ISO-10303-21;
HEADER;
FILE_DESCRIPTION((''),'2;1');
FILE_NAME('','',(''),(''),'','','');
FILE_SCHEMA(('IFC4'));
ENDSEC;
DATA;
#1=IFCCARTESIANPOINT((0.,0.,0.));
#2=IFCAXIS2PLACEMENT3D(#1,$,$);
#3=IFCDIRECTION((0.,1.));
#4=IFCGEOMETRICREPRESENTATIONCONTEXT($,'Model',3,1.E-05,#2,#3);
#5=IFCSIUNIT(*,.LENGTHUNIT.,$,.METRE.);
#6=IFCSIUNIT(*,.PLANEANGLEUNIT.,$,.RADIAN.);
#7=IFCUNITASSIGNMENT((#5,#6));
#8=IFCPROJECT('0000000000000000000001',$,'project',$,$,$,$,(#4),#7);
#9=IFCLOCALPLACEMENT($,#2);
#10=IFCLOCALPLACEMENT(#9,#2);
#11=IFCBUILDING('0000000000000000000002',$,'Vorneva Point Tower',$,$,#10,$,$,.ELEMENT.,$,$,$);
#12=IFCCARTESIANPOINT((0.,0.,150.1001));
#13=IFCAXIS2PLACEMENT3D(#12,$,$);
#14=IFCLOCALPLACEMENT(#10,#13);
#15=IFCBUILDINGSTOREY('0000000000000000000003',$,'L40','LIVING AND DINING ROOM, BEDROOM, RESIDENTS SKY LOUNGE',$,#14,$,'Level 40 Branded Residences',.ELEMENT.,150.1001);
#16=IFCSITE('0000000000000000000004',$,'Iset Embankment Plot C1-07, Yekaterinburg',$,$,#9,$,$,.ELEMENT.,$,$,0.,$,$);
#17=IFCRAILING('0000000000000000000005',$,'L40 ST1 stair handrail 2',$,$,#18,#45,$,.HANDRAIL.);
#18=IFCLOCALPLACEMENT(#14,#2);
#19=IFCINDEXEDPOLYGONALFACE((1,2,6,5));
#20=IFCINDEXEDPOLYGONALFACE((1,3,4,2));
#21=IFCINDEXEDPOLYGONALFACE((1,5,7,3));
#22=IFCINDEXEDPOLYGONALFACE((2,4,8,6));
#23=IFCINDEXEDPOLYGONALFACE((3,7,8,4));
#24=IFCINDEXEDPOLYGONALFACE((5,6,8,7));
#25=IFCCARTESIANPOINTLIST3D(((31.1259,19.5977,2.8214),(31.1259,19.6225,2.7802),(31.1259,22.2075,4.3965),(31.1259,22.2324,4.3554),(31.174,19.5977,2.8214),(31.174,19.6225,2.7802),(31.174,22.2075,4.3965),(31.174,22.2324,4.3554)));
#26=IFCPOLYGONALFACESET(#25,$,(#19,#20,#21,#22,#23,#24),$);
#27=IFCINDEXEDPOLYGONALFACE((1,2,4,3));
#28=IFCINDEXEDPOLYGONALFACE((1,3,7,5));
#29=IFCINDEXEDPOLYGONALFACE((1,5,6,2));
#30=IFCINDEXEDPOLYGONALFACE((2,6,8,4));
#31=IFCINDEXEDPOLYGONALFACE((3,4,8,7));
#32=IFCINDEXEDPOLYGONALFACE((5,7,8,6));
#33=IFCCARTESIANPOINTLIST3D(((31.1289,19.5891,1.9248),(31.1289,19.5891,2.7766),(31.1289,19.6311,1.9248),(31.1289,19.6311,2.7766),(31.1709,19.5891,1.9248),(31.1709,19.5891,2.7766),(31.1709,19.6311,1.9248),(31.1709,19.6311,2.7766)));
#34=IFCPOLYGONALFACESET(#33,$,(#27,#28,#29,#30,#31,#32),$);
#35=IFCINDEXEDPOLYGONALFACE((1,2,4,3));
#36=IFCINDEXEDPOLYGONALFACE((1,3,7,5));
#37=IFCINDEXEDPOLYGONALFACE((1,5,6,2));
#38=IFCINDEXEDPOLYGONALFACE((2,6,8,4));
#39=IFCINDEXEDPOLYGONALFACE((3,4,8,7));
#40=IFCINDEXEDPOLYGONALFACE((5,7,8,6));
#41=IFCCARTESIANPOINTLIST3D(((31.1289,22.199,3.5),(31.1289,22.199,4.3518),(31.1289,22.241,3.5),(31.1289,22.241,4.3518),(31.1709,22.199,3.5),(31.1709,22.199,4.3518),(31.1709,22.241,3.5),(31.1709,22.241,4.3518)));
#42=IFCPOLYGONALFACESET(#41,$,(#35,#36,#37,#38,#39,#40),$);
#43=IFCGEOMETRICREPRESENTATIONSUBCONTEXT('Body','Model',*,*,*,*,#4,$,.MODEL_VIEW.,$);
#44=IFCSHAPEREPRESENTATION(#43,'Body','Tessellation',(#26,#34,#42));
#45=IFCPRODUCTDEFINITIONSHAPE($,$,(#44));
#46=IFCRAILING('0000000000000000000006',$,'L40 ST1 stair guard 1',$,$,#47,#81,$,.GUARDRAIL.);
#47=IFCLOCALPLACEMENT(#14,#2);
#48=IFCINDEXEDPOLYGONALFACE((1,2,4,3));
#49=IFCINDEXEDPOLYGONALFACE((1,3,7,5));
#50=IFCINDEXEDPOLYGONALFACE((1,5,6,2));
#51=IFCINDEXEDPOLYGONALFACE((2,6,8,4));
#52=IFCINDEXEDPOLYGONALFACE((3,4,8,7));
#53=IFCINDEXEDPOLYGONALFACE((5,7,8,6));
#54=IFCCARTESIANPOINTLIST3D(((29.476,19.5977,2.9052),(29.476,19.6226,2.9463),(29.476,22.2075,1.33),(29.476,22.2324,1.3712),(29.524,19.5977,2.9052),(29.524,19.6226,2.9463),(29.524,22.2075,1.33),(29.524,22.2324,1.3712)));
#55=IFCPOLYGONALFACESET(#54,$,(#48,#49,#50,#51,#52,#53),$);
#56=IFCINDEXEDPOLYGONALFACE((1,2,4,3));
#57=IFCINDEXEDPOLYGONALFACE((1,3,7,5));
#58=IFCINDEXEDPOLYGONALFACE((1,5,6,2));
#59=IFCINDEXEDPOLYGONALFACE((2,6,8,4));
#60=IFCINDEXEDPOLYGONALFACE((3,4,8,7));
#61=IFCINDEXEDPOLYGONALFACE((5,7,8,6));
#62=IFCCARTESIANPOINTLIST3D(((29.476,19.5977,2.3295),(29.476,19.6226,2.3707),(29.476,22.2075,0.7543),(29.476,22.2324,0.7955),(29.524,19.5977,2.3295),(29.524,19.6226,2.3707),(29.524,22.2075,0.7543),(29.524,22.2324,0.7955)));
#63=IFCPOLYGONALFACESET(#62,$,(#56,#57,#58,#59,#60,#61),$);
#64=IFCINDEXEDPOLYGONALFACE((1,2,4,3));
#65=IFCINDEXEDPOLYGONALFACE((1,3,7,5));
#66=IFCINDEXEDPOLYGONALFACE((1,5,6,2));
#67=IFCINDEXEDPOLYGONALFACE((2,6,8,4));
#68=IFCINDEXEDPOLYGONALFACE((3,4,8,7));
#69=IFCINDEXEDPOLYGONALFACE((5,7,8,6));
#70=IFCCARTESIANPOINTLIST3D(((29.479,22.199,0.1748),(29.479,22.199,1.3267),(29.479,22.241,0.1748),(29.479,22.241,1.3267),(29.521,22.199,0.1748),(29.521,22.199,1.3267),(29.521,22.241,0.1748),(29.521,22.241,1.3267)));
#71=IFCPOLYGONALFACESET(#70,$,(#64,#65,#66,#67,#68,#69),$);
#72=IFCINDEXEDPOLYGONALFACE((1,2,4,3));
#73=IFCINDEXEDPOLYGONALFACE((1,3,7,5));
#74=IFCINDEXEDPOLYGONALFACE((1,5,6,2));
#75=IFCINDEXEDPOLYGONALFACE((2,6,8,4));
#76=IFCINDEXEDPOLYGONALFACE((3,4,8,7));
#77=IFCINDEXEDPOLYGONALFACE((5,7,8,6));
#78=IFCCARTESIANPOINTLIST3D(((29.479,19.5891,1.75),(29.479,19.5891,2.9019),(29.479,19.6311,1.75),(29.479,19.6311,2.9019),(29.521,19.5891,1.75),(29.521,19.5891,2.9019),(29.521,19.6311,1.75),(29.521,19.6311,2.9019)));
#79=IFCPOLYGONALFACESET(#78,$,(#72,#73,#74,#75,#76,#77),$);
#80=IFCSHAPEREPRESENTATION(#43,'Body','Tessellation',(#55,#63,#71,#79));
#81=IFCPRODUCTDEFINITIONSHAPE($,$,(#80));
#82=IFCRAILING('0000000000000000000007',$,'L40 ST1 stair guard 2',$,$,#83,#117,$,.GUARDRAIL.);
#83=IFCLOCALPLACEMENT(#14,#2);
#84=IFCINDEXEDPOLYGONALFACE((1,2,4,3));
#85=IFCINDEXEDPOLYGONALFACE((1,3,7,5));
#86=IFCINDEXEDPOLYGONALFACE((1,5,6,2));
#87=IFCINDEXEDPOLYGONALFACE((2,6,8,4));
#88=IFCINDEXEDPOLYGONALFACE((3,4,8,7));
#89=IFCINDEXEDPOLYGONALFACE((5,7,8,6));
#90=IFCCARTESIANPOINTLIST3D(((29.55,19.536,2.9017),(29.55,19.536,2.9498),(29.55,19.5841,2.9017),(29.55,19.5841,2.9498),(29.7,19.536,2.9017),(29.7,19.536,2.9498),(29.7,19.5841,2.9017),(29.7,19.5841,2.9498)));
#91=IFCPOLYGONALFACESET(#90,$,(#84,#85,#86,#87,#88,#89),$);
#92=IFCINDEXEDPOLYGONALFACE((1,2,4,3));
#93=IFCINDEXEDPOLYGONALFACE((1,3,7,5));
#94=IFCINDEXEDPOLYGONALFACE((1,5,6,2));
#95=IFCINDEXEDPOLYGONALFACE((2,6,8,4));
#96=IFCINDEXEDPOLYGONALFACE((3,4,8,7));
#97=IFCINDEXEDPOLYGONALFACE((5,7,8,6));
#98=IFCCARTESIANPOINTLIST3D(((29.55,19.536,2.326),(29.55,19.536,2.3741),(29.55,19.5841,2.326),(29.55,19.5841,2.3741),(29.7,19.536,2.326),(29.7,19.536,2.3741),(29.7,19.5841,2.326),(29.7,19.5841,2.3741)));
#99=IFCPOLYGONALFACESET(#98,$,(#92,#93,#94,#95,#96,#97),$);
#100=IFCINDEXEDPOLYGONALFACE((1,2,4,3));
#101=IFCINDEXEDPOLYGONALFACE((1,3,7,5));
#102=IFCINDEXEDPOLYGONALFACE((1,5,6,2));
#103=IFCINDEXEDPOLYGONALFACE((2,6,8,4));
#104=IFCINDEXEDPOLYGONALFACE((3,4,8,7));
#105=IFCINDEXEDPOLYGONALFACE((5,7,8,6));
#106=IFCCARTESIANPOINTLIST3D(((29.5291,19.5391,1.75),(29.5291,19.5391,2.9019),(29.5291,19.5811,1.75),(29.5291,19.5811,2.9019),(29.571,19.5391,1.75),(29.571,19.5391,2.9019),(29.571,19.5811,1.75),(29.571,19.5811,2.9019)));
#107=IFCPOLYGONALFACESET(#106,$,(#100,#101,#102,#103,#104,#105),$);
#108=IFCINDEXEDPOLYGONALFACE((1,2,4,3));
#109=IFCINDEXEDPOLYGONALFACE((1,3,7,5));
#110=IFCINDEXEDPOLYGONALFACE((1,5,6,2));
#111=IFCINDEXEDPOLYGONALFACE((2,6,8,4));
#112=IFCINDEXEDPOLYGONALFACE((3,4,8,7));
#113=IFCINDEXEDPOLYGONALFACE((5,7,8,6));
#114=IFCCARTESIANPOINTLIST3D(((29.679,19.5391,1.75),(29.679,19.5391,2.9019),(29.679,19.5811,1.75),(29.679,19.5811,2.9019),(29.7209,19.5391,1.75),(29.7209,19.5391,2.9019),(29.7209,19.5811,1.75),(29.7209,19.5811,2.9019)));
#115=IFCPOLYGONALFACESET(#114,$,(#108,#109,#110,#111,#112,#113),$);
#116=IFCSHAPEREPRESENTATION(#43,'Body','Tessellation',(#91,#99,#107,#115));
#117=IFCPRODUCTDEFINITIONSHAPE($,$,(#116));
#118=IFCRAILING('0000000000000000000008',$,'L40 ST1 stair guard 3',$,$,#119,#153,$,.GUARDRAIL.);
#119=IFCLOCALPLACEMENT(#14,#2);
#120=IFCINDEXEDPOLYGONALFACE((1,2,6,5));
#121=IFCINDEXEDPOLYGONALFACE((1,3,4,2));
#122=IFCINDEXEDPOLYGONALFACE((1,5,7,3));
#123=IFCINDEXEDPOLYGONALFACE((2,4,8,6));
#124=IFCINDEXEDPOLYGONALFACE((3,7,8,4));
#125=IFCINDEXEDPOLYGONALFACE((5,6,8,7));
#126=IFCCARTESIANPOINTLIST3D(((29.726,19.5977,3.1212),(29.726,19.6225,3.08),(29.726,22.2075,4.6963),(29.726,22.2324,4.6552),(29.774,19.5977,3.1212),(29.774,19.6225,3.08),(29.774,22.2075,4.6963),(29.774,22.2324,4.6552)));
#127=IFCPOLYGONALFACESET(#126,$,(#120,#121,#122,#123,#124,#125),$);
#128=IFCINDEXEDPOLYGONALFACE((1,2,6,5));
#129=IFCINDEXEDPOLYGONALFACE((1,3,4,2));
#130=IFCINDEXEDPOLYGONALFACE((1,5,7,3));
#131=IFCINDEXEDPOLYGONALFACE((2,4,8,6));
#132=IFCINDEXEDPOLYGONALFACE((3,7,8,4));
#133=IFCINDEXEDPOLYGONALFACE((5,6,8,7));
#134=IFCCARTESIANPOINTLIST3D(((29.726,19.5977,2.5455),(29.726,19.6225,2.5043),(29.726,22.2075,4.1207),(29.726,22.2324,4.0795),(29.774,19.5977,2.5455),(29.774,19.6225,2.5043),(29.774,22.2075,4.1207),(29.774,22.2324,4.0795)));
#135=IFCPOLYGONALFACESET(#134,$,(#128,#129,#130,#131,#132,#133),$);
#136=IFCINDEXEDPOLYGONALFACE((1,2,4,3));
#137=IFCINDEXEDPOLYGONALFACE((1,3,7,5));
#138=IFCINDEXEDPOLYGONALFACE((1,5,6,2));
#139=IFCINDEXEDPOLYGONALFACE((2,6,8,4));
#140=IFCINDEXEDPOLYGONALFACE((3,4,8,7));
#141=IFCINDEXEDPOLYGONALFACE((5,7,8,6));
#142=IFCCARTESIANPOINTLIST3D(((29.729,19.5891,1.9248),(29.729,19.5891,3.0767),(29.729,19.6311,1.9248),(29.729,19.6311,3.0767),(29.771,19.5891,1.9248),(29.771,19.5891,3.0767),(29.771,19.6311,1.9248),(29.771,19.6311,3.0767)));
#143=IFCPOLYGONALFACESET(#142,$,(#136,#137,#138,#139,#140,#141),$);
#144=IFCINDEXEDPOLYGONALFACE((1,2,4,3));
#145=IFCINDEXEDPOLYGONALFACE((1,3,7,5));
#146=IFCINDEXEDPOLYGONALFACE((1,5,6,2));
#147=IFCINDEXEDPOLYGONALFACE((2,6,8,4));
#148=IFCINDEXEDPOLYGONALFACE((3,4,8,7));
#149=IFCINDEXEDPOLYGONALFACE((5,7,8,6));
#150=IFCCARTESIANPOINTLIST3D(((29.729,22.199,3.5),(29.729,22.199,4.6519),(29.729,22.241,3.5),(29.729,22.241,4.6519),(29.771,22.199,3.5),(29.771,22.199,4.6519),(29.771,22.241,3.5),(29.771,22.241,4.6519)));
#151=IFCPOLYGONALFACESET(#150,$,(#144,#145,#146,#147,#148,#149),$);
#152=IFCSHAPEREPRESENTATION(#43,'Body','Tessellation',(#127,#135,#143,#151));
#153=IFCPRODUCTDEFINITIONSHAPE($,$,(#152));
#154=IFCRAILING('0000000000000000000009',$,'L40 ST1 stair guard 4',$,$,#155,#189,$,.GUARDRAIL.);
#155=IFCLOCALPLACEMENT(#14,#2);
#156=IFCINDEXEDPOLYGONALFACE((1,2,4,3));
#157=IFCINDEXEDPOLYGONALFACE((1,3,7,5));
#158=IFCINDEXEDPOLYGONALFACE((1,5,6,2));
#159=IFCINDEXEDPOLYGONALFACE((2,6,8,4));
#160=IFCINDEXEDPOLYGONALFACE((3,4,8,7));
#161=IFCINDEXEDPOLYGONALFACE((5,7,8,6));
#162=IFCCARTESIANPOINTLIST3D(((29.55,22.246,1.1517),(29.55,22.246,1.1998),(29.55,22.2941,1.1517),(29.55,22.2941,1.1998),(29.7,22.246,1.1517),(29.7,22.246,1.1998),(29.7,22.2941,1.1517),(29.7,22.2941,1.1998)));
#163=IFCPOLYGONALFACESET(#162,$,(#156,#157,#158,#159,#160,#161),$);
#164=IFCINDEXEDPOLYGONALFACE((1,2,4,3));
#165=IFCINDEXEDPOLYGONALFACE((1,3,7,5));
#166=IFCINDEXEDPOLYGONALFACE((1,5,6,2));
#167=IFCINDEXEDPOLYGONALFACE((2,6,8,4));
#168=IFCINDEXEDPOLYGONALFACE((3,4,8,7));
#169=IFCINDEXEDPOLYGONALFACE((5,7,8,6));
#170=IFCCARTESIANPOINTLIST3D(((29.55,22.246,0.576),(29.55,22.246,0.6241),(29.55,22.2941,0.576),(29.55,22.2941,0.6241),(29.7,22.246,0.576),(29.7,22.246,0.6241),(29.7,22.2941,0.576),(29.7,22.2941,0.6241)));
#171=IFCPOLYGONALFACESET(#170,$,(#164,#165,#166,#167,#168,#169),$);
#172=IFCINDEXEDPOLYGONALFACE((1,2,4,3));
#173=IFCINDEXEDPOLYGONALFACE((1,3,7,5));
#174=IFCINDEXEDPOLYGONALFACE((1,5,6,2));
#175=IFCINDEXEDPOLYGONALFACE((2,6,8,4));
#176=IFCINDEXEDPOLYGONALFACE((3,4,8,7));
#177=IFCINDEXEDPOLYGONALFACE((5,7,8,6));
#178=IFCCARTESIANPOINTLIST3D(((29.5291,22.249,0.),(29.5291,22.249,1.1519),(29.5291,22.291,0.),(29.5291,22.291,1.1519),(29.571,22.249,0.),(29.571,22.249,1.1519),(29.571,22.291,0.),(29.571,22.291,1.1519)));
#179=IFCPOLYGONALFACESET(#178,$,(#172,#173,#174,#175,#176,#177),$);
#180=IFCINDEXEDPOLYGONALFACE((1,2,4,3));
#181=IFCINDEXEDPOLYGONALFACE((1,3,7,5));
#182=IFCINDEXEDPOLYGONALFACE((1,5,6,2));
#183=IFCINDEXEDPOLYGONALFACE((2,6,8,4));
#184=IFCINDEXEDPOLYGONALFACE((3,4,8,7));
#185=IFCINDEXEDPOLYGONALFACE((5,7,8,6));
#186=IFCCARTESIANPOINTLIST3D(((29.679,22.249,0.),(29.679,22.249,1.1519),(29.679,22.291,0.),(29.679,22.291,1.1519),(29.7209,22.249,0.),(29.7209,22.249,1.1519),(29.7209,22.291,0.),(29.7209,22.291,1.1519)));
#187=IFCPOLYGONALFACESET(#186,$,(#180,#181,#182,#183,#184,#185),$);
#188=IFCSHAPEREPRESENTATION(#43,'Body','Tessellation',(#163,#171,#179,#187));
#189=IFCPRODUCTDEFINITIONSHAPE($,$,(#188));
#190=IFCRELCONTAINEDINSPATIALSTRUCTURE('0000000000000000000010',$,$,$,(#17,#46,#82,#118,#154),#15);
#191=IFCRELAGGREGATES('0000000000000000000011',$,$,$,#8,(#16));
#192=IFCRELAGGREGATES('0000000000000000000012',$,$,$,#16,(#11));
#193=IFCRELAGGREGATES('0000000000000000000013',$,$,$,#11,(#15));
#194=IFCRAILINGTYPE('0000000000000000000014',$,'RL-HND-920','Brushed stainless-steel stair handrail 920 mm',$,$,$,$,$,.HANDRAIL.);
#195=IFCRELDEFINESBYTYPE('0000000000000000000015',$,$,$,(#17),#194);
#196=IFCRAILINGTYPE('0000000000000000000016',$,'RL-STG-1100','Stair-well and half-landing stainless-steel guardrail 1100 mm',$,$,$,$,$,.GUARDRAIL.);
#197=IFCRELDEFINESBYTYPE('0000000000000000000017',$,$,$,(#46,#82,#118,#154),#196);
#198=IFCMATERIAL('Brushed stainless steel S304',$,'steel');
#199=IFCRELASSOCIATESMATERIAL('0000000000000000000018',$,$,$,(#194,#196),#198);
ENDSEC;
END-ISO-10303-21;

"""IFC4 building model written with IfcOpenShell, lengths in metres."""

from ifc_helpers import new_model, si_unit, direction, frame, origin, origin_2d, place, context, subcontext, project, spatial, rectangle, extrude, material, type_object, element, save


model = new_model("IFC4")

# Units and contexts
model_context = context("Model", 3, precision=1e-05, world=origin(), true_north=direction((0.0, 1.0)))
body_context = subcontext(model_context, "Body", "Model", "MODEL_VIEW")
ifc_project = project(units=[si_unit("LENGTHUNIT", "METRE"), si_unit("PLANEANGLEUNIT", "RADIAN")], contexts=[model_context])

# Site, building, storey
site_placement = place(None, origin())
site = spatial("IfcSite", under=ifc_project, at=site_placement, Name="Iset Embankment Plot C1-07, Yekaterinburg", CompositionType="ELEMENT", RefElevation=0.0)
building_placement = place(site_placement, origin())
building = spatial("IfcBuilding", under=site, at=building_placement, Name="Vorneva Point Tower", CompositionType="ELEMENT")
storey_placement = place(building_placement, frame((0.0, 0.0, 150.1001)))
storey = spatial("IfcBuildingStorey", under=building, at=storey_placement, Name="L40", Description="LIVING AND DINING ROOM, BEDROOM, RESIDENTS SKY LOUNGE", LongName="Level 40 Branded Residences", CompositionType="ELEMENT", Elevation=150.1001)

# Shared definitions
ifc_material_1 = material(Name="Brushed stainless steel S304", Category="steel")

# Railings
railing_type_1 = type_object("IfcRailingType", Name="RL-HND-920", Description="Brushed stainless-steel stair handrail 920 mm", PredefinedType="HANDRAIL", material=ifc_material_1)
railing_1_placement = place(storey_placement, frame((31.1499, 19.6101, 1.9248)))
element("IfcRailing", 1, at=railing_1_placement, inside=storey, type_object=railing_type_1, Name="L40 ST1 stair handrail 2", PredefinedType="HANDRAIL", context=body_context, shape_type="SweptSolid", body=[
    extrude(rectangle(XDim=0.0481, YDim=0.0481, at=origin_2d()), frame((0.0, 0.0, 0.876), z_axis=(0.0, 0.856147, 0.516732), x_axis=(-1.0, 0.0, 0.0)), (0.0, 0.0, 1.0), 3.0483),
    extrude(rectangle(XDim=0.042, YDim=0.042, at=origin_2d()), origin(), (0.0, 0.0, 1.0), 0.8518),
    extrude(rectangle(XDim=0.042, YDim=0.042, at=origin_2d()), frame((0.0, 2.6099, 1.5752)), (0.0, 0.0, 1.0), 0.8518),
])
railing_type_2 = type_object("IfcRailingType", Name="RL-STG-1100", Description="Stair-well and half-landing stainless-steel guardrail 1100 mm", PredefinedType="GUARDRAIL", material=ifc_material_1)
railing_2_placement = place(storey_placement, frame((29.5, 22.22, 0.1748)))
element("IfcRailing", 2, at=railing_2_placement, inside=storey, type_object=railing_type_2, Name="L40 ST1 stair guard 1", PredefinedType="GUARDRAIL", context=body_context, shape_type="SweptSolid", body=[
    extrude(rectangle(XDim=0.0481, YDim=0.0481, at=origin_2d()), frame((0.0, 0.0, 1.1758), z_axis=(0.0, -0.856147, 0.516732), x_axis=(1.0, 0.0, 0.0)), (0.0, 0.0, 1.0), 3.0483),
    extrude(rectangle(XDim=0.0481, YDim=0.0481, at=origin_2d()), frame((0.0, 0.0, 0.6001), z_axis=(0.0, -0.856147, 0.516732), x_axis=(1.0, 0.0, 0.0)), (0.0, 0.0, 1.0), 3.0483),
    extrude(rectangle(XDim=0.042, YDim=0.042, at=origin_2d()), origin(), (0.0, 0.0, 1.0), 1.1519),
    extrude(rectangle(XDim=0.042, YDim=0.042, at=origin_2d()), frame((0.0, -2.6099, 1.5752)), (0.0, 0.0, 1.0), 1.1519),
])
railing_3_placement = place(storey_placement, frame((29.55, 19.5601, 1.75)))
element("IfcRailing", 3, at=railing_3_placement, inside=storey, type_object=railing_type_2, Name="L40 ST1 stair guard 2", PredefinedType="GUARDRAIL", context=body_context, shape_type="SweptSolid", body=[
    extrude(rectangle(XDim=0.0481, YDim=0.0481, at=origin_2d()), frame((0.0, 0.0, 1.1758), z_axis=(1.0, 0.0, 0.0), x_axis=(0.0, 1.0, 0.0)), (0.0, 0.0, 1.0), 0.1499),
    extrude(rectangle(XDim=0.0481, YDim=0.0481, at=origin_2d()), frame((0.0, 0.0, 0.6001), z_axis=(1.0, 0.0, 0.0), x_axis=(0.0, 1.0, 0.0)), (0.0, 0.0, 1.0), 0.1499),
    extrude(rectangle(XDim=0.042, YDim=0.042, at=origin_2d()), origin(), (0.0, 0.0, 1.0), 1.1519),
    extrude(rectangle(XDim=0.042, YDim=0.042, at=origin_2d()), frame((0.1499, 0.0, 0.0)), (0.0, 0.0, 1.0), 1.1519),
])
railing_4_placement = place(storey_placement, frame((29.75, 19.6101, 1.9248)))
element("IfcRailing", 4, at=railing_4_placement, inside=storey, type_object=railing_type_2, Name="L40 ST1 stair guard 3", PredefinedType="GUARDRAIL", context=body_context, shape_type="SweptSolid", body=[
    extrude(rectangle(XDim=0.0481, YDim=0.0481, at=origin_2d()), frame((0.0, 0.0, 1.1758), z_axis=(0.0, 0.856147, 0.516732), x_axis=(-1.0, 0.0, 0.0)), (0.0, 0.0, 1.0), 3.0483),
    extrude(rectangle(XDim=0.0481, YDim=0.0481, at=origin_2d()), frame((0.0, 0.0, 0.6001), z_axis=(0.0, 0.856147, 0.516732), x_axis=(-1.0, 0.0, 0.0)), (0.0, 0.0, 1.0), 3.0483),
    extrude(rectangle(XDim=0.042, YDim=0.042, at=origin_2d()), origin(), (0.0, 0.0, 1.0), 1.1519),
    extrude(rectangle(XDim=0.042, YDim=0.042, at=origin_2d()), frame((0.0, 2.6099, 1.5752)), (0.0, 0.0, 1.0), 1.1519),
])
railing_5_placement = place(storey_placement, frame((29.55, 22.27, 0.0)))
element("IfcRailing", 5, at=railing_5_placement, inside=storey, type_object=railing_type_2, Name="L40 ST1 stair guard 4", PredefinedType="GUARDRAIL", context=body_context, shape_type="SweptSolid", body=[
    extrude(rectangle(XDim=0.0481, YDim=0.0481, at=origin_2d()), frame((0.0, 0.0, 1.1758), z_axis=(1.0, 0.0, 0.0), x_axis=(0.0, 1.0, 0.0)), (0.0, 0.0, 1.0), 0.1499),
    extrude(rectangle(XDim=0.0481, YDim=0.0481, at=origin_2d()), frame((0.0, 0.0, 0.6001), z_axis=(1.0, 0.0, 0.0), x_axis=(0.0, 1.0, 0.0)), (0.0, 0.0, 1.0), 0.1499),
    extrude(rectangle(XDim=0.042, YDim=0.042, at=origin_2d()), origin(), (0.0, 0.0, 1.0), 1.1519),
    extrude(rectangle(XDim=0.042, YDim=0.042, at=origin_2d()), frame((0.1499, 0.0, 0.0)), (0.0, 0.0, 1.0), 1.1519),
])

save(model, "model.ifc")
